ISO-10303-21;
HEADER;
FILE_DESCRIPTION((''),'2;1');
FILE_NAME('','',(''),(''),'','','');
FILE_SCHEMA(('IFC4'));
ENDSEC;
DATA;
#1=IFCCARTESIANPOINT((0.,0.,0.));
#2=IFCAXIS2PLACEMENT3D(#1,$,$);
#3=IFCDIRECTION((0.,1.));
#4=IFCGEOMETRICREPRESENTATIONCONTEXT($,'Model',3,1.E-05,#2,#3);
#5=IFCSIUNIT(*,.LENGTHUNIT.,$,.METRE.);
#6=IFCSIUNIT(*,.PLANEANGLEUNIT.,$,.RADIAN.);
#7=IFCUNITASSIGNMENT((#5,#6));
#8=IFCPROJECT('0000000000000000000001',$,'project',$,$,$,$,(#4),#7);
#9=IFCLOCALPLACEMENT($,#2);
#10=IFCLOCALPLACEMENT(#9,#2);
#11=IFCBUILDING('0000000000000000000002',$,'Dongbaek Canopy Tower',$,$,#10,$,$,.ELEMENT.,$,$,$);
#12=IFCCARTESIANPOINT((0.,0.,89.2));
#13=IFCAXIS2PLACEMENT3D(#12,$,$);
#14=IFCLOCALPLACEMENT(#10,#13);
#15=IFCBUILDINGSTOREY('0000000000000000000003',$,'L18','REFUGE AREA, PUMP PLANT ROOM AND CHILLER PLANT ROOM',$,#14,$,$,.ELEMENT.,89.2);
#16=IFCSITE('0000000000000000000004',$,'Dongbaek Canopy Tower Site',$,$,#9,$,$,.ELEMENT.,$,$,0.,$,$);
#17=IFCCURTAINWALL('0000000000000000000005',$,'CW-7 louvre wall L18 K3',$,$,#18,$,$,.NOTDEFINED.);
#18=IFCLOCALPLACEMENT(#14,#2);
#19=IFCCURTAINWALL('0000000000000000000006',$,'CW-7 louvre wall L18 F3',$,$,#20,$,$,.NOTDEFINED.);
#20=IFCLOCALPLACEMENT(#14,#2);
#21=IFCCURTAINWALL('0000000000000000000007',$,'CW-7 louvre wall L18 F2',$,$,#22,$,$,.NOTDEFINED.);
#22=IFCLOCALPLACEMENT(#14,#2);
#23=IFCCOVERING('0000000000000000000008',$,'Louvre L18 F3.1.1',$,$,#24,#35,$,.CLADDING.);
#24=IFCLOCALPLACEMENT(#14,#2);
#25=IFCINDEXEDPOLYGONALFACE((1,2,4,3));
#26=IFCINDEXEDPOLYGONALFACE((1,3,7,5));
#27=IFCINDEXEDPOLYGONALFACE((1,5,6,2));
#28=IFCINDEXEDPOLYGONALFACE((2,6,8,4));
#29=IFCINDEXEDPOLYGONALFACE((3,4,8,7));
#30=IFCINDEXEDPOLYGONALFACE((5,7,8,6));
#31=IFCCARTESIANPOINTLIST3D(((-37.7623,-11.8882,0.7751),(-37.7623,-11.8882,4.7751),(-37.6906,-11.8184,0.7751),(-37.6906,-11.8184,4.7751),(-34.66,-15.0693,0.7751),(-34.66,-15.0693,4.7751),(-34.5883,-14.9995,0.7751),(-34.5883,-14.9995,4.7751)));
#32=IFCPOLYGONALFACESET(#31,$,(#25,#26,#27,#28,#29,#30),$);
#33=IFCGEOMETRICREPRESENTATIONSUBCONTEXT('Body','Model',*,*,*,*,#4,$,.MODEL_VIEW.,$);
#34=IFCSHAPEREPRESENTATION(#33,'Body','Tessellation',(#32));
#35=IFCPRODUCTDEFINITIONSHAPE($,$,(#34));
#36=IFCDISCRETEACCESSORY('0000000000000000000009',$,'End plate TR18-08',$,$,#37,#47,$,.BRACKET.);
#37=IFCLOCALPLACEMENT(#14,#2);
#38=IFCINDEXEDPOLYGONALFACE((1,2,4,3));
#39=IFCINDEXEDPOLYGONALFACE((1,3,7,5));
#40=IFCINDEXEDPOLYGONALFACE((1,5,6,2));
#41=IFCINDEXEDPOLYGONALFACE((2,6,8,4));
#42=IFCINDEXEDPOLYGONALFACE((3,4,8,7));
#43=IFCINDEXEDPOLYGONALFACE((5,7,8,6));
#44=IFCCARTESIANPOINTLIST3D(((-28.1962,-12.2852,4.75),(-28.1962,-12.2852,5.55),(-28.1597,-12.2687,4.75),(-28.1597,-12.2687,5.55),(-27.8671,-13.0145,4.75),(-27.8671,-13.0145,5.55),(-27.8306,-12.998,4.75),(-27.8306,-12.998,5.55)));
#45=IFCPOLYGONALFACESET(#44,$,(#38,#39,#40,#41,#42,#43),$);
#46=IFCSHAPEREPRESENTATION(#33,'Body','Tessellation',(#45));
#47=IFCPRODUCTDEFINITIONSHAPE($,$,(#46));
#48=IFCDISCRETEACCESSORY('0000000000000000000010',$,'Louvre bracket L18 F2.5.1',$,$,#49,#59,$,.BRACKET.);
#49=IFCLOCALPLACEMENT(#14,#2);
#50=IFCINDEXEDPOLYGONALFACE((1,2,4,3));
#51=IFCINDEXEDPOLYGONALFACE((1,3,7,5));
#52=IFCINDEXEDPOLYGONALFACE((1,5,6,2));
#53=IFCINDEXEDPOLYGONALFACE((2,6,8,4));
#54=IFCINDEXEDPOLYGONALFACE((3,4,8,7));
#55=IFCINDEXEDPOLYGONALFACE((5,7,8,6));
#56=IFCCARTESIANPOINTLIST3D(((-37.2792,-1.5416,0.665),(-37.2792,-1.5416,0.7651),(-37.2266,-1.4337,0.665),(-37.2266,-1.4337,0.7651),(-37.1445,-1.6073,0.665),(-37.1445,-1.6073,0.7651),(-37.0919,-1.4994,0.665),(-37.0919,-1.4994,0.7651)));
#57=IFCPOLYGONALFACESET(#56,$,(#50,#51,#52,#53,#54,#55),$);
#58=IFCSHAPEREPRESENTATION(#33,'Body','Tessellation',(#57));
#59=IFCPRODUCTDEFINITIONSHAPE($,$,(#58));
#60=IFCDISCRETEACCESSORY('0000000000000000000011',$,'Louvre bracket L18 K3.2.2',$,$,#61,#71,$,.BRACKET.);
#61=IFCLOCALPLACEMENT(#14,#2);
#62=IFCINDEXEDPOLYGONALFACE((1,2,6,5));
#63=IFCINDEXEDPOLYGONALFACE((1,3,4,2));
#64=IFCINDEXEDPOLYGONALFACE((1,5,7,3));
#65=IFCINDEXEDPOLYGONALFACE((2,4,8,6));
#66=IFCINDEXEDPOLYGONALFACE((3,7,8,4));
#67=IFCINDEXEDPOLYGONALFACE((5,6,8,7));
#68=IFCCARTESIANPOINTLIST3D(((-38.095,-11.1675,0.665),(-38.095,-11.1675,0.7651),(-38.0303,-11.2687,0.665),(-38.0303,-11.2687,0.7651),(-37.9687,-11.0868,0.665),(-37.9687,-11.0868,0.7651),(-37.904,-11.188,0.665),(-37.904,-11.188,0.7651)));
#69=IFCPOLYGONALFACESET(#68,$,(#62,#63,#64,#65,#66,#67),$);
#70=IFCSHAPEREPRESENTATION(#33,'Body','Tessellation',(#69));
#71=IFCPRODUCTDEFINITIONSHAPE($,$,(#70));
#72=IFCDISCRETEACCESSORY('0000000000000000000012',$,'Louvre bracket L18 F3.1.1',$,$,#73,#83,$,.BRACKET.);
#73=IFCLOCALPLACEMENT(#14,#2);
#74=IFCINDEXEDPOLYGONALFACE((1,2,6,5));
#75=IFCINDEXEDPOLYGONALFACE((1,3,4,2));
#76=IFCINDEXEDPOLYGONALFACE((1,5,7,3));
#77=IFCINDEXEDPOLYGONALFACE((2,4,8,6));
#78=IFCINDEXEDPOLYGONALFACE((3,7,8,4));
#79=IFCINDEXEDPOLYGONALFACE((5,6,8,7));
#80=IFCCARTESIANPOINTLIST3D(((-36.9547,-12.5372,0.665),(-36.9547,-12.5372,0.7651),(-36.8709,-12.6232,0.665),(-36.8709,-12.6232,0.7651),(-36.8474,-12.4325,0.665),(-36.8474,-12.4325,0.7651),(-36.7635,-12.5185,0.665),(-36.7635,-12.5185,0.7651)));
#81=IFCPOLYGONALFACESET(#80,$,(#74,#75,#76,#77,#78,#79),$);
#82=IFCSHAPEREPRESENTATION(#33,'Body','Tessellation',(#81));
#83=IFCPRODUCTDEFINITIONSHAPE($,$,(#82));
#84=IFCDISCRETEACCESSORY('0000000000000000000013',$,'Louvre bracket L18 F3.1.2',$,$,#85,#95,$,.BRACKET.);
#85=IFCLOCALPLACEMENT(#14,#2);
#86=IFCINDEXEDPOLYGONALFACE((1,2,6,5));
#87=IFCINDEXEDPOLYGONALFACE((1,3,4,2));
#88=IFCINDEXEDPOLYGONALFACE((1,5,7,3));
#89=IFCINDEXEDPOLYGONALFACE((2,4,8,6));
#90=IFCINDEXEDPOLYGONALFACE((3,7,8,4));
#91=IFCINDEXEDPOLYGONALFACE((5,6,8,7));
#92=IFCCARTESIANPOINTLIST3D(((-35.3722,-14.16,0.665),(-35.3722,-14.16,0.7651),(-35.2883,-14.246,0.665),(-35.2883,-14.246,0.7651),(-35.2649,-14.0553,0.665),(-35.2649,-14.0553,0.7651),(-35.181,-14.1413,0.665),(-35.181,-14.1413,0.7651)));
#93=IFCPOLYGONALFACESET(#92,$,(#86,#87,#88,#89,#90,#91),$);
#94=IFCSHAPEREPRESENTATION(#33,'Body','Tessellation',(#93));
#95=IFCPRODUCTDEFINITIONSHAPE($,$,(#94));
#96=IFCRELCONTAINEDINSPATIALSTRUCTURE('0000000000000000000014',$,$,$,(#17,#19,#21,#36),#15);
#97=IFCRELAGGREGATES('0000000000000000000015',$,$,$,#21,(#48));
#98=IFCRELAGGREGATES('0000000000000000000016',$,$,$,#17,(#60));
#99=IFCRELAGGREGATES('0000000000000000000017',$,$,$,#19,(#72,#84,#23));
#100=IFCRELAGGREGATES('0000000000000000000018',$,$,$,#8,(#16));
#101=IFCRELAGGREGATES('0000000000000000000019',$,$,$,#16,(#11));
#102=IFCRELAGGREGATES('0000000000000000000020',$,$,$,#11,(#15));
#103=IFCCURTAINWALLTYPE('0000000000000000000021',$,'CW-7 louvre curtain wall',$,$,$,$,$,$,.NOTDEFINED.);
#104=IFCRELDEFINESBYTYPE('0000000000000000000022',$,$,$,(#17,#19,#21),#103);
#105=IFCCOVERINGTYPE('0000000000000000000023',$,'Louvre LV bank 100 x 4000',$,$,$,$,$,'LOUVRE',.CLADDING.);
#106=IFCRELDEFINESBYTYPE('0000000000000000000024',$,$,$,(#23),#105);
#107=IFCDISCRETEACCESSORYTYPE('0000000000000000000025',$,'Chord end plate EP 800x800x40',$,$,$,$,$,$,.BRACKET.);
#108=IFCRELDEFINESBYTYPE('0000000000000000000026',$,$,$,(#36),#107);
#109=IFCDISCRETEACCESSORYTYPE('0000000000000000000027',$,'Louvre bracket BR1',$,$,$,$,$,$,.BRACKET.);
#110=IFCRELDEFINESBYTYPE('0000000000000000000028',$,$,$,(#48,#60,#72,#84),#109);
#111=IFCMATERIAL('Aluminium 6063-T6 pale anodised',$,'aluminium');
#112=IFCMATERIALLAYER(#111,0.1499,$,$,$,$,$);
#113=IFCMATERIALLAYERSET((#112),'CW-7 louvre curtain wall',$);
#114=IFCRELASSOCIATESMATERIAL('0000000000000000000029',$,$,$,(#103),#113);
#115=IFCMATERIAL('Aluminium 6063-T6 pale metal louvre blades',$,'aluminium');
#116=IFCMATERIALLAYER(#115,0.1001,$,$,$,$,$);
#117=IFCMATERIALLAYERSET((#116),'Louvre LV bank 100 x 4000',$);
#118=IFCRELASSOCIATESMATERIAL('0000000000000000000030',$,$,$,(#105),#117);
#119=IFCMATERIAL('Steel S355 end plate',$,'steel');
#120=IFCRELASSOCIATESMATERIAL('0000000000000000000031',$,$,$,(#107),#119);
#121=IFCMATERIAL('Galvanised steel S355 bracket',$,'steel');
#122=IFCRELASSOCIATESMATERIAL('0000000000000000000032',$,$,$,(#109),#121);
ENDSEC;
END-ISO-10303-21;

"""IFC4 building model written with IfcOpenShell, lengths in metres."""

from ifc_helpers import new_model, si_unit, direction, frame, origin, origin_2d, place, context, subcontext, project, spatial, rectangle, extrude, material, layer, layer_set, type_object, element, aggregate, save


model = new_model("IFC4")

# Units and contexts
model_context = context("Model", 3, precision=1e-05, world=origin(), true_north=direction((0.0, 1.0)))
body_context = subcontext(model_context, "Body", "Model", "MODEL_VIEW")
ifc_project = project(units=[si_unit("LENGTHUNIT", "METRE"), si_unit("PLANEANGLEUNIT", "RADIAN")], contexts=[model_context])

# Site, building, storey
site_placement = place(None, origin())
site = spatial("IfcSite", under=ifc_project, at=site_placement, Name="Dongbaek Canopy Tower Site", CompositionType="ELEMENT", RefElevation=0.0)
building_placement = place(site_placement, origin())
building = spatial("IfcBuilding", under=site, at=building_placement, Name="Dongbaek Canopy Tower", CompositionType="ELEMENT")
storey_placement = place(building_placement, frame((0.0, 0.0, 89.2)))
storey = spatial("IfcBuildingStorey", under=building, at=storey_placement, Name="L18", Description="REFUGE AREA, PUMP PLANT ROOM AND CHILLER PLANT ROOM", CompositionType="ELEMENT", Elevation=89.2)

# Curtain walls
ifc_material_1 = material(Name="Aluminium 6063-T6 pale anodised", Category="aluminium")
ifc_layer_1 = layer(ifc_material_1, 0.1499)
ifc_layer_set_1 = layer_set([ifc_layer_1], Name="CW-7 louvre curtain wall")
curtain_wall_type = type_object("IfcCurtainWallType", Name="CW-7 louvre curtain wall", PredefinedType="NOTDEFINED", material=ifc_layer_set_1)
curtain_wall_1_placement = place(storey_placement, origin())
curtain_wall_1 = element("IfcCurtainWall", 1, at=curtain_wall_1_placement, inside=storey, type_object=curtain_wall_type, Name="CW-7 louvre wall L18 K3", PredefinedType="NOTDEFINED")
curtain_wall_2_placement = place(storey_placement, origin())
curtain_wall_2 = element("IfcCurtainWall", 2, at=curtain_wall_2_placement, inside=storey, type_object=curtain_wall_type, Name="CW-7 louvre wall L18 F3", PredefinedType="NOTDEFINED")
curtain_wall_3_placement = place(storey_placement, origin())
curtain_wall_3 = element("IfcCurtainWall", 3, at=curtain_wall_3_placement, inside=storey, type_object=curtain_wall_type, Name="CW-7 louvre wall L18 F2", PredefinedType="NOTDEFINED")

# Covering
ifc_material_2 = material(Name="Aluminium 6063-T6 pale metal louvre blades", Category="aluminium")
ifc_layer_2 = layer(ifc_material_2, 0.1001)
ifc_layer_set_2 = layer_set([ifc_layer_2], Name="Louvre LV bank 100 x 4000")
covering_type = type_object("IfcCoveringType", Name="Louvre LV bank 100 x 4000", ElementType="LOUVRE", PredefinedType="CLADDING", material=ifc_layer_set_2)
covering_1_placement = place(storey_placement, frame((-36.1753, -13.4438, 0.7751), z_axis=(0.0, 0.0, 1.0), x_axis=(0.698181, -0.715921, 0.0)))
covering_1 = element("IfcCovering", 4, at=covering_1_placement, type_object=covering_type, Name="Louvre L18 F3.1.1", PredefinedType="CLADDING", context=body_context, shape_type="SweptSolid", body=[
    extrude(rectangle(XDim=4.4434, YDim=0.1001, at=origin_2d()), origin(), (0.0, 0.0, 1.0), 4.0),
])

# Discrete accessories
ifc_material_3 = material(Name="Steel S355 end plate", Category="steel")
discrete_accessory_type_1 = type_object("IfcDiscreteAccessoryType", Name="Chord end plate EP 800x800x40", PredefinedType="BRACKET", material=ifc_material_3)
discrete_accessory_1_placement = place(storey_placement, frame((-28.0134, -12.6416, 4.75), z_axis=(0.0, 0.0, 1.0), x_axis=(-0.911488, -0.411327, 0.0)))
element("IfcDiscreteAccessory", 5, at=discrete_accessory_1_placement, inside=storey, type_object=discrete_accessory_type_1, Name="End plate TR18-08", PredefinedType="BRACKET", context=body_context, shape_type="SweptSolid", body=[
    extrude(rectangle(XDim=0.04, YDim=0.8, at=origin_2d()), origin(), (0.0, 0.0, 1.0), 0.8),
])
ifc_material_4 = material(Name="Galvanised steel S355 bracket", Category="steel")
discrete_accessory_type_2 = type_object("IfcDiscreteAccessoryType", Name="Louvre bracket BR1", PredefinedType="BRACKET", material=ifc_material_4)
discrete_accessory_2_placement = place(storey_placement, frame((-37.1855, -1.5205, 0.665), z_axis=(0.0, 0.0, 1.0), x_axis=(-0.438328, -0.898815, 0.0)))
discrete_accessory_2 = element("IfcDiscreteAccessory", 6, at=discrete_accessory_2_placement, type_object=discrete_accessory_type_2, Name="Louvre bracket L18 F2.5.1", PredefinedType="BRACKET", context=body_context, shape_type="SweptSolid", body=[
    extrude(rectangle(XDim=0.1201, YDim=0.1499, at=origin_2d()), origin(), (0.0, 0.0, 1.0), 0.1001),
])
aggregate(curtain_wall_3, [discrete_accessory_2])
discrete_accessory_3_placement = place(storey_placement, frame((-37.9995, -11.1777, 0.665), z_axis=(0.0, 0.0, 1.0), x_axis=(0.538303, -0.842751, 0.0)))
discrete_accessory_3 = element("IfcDiscreteAccessory", 7, at=discrete_accessory_3_placement, type_object=discrete_accessory_type_2, Name="Louvre bracket L18 K3.2.2", PredefinedType="BRACKET", context=body_context, shape_type="SweptSolid", body=[
    extrude(rectangle(XDim=0.1201, YDim=0.1499, at=origin_2d()), origin(), (0.0, 0.0, 1.0), 0.1001),
])
aggregate(curtain_wall_1, [discrete_accessory_3])
discrete_accessory_4_placement = place(storey_placement, frame((-36.8591, -12.5278, 0.665), z_axis=(0.0, 0.0, 1.0), x_axis=(0.698181, -0.715921, 0.0)))
discrete_accessory_4 = element("IfcDiscreteAccessory", 8, at=discrete_accessory_4_placement, type_object=discrete_accessory_type_2, Name="Louvre bracket L18 F3.1.1", PredefinedType="BRACKET", context=body_context, shape_type="SweptSolid", body=[
    extrude(rectangle(XDim=0.1201, YDim=0.1499, at=origin_2d()), origin(), (0.0, 0.0, 1.0), 0.1001),
])
discrete_accessory_5_placement = place(storey_placement, frame((-35.2766, -14.1506, 0.665), z_axis=(0.0, 0.0, 1.0), x_axis=(0.698181, -0.715921, 0.0)))
discrete_accessory_5 = element("IfcDiscreteAccessory", 9, at=discrete_accessory_5_placement, type_object=discrete_accessory_type_2, Name="Louvre bracket L18 F3.1.2", PredefinedType="BRACKET", context=body_context, shape_type="SweptSolid", body=[
    extrude(rectangle(XDim=0.1201, YDim=0.1499, at=origin_2d()), origin(), (0.0, 0.0, 1.0), 0.1001),
])
aggregate(curtain_wall_2, [discrete_accessory_4, discrete_accessory_5, covering_1])

save(model, "model.ifc")
